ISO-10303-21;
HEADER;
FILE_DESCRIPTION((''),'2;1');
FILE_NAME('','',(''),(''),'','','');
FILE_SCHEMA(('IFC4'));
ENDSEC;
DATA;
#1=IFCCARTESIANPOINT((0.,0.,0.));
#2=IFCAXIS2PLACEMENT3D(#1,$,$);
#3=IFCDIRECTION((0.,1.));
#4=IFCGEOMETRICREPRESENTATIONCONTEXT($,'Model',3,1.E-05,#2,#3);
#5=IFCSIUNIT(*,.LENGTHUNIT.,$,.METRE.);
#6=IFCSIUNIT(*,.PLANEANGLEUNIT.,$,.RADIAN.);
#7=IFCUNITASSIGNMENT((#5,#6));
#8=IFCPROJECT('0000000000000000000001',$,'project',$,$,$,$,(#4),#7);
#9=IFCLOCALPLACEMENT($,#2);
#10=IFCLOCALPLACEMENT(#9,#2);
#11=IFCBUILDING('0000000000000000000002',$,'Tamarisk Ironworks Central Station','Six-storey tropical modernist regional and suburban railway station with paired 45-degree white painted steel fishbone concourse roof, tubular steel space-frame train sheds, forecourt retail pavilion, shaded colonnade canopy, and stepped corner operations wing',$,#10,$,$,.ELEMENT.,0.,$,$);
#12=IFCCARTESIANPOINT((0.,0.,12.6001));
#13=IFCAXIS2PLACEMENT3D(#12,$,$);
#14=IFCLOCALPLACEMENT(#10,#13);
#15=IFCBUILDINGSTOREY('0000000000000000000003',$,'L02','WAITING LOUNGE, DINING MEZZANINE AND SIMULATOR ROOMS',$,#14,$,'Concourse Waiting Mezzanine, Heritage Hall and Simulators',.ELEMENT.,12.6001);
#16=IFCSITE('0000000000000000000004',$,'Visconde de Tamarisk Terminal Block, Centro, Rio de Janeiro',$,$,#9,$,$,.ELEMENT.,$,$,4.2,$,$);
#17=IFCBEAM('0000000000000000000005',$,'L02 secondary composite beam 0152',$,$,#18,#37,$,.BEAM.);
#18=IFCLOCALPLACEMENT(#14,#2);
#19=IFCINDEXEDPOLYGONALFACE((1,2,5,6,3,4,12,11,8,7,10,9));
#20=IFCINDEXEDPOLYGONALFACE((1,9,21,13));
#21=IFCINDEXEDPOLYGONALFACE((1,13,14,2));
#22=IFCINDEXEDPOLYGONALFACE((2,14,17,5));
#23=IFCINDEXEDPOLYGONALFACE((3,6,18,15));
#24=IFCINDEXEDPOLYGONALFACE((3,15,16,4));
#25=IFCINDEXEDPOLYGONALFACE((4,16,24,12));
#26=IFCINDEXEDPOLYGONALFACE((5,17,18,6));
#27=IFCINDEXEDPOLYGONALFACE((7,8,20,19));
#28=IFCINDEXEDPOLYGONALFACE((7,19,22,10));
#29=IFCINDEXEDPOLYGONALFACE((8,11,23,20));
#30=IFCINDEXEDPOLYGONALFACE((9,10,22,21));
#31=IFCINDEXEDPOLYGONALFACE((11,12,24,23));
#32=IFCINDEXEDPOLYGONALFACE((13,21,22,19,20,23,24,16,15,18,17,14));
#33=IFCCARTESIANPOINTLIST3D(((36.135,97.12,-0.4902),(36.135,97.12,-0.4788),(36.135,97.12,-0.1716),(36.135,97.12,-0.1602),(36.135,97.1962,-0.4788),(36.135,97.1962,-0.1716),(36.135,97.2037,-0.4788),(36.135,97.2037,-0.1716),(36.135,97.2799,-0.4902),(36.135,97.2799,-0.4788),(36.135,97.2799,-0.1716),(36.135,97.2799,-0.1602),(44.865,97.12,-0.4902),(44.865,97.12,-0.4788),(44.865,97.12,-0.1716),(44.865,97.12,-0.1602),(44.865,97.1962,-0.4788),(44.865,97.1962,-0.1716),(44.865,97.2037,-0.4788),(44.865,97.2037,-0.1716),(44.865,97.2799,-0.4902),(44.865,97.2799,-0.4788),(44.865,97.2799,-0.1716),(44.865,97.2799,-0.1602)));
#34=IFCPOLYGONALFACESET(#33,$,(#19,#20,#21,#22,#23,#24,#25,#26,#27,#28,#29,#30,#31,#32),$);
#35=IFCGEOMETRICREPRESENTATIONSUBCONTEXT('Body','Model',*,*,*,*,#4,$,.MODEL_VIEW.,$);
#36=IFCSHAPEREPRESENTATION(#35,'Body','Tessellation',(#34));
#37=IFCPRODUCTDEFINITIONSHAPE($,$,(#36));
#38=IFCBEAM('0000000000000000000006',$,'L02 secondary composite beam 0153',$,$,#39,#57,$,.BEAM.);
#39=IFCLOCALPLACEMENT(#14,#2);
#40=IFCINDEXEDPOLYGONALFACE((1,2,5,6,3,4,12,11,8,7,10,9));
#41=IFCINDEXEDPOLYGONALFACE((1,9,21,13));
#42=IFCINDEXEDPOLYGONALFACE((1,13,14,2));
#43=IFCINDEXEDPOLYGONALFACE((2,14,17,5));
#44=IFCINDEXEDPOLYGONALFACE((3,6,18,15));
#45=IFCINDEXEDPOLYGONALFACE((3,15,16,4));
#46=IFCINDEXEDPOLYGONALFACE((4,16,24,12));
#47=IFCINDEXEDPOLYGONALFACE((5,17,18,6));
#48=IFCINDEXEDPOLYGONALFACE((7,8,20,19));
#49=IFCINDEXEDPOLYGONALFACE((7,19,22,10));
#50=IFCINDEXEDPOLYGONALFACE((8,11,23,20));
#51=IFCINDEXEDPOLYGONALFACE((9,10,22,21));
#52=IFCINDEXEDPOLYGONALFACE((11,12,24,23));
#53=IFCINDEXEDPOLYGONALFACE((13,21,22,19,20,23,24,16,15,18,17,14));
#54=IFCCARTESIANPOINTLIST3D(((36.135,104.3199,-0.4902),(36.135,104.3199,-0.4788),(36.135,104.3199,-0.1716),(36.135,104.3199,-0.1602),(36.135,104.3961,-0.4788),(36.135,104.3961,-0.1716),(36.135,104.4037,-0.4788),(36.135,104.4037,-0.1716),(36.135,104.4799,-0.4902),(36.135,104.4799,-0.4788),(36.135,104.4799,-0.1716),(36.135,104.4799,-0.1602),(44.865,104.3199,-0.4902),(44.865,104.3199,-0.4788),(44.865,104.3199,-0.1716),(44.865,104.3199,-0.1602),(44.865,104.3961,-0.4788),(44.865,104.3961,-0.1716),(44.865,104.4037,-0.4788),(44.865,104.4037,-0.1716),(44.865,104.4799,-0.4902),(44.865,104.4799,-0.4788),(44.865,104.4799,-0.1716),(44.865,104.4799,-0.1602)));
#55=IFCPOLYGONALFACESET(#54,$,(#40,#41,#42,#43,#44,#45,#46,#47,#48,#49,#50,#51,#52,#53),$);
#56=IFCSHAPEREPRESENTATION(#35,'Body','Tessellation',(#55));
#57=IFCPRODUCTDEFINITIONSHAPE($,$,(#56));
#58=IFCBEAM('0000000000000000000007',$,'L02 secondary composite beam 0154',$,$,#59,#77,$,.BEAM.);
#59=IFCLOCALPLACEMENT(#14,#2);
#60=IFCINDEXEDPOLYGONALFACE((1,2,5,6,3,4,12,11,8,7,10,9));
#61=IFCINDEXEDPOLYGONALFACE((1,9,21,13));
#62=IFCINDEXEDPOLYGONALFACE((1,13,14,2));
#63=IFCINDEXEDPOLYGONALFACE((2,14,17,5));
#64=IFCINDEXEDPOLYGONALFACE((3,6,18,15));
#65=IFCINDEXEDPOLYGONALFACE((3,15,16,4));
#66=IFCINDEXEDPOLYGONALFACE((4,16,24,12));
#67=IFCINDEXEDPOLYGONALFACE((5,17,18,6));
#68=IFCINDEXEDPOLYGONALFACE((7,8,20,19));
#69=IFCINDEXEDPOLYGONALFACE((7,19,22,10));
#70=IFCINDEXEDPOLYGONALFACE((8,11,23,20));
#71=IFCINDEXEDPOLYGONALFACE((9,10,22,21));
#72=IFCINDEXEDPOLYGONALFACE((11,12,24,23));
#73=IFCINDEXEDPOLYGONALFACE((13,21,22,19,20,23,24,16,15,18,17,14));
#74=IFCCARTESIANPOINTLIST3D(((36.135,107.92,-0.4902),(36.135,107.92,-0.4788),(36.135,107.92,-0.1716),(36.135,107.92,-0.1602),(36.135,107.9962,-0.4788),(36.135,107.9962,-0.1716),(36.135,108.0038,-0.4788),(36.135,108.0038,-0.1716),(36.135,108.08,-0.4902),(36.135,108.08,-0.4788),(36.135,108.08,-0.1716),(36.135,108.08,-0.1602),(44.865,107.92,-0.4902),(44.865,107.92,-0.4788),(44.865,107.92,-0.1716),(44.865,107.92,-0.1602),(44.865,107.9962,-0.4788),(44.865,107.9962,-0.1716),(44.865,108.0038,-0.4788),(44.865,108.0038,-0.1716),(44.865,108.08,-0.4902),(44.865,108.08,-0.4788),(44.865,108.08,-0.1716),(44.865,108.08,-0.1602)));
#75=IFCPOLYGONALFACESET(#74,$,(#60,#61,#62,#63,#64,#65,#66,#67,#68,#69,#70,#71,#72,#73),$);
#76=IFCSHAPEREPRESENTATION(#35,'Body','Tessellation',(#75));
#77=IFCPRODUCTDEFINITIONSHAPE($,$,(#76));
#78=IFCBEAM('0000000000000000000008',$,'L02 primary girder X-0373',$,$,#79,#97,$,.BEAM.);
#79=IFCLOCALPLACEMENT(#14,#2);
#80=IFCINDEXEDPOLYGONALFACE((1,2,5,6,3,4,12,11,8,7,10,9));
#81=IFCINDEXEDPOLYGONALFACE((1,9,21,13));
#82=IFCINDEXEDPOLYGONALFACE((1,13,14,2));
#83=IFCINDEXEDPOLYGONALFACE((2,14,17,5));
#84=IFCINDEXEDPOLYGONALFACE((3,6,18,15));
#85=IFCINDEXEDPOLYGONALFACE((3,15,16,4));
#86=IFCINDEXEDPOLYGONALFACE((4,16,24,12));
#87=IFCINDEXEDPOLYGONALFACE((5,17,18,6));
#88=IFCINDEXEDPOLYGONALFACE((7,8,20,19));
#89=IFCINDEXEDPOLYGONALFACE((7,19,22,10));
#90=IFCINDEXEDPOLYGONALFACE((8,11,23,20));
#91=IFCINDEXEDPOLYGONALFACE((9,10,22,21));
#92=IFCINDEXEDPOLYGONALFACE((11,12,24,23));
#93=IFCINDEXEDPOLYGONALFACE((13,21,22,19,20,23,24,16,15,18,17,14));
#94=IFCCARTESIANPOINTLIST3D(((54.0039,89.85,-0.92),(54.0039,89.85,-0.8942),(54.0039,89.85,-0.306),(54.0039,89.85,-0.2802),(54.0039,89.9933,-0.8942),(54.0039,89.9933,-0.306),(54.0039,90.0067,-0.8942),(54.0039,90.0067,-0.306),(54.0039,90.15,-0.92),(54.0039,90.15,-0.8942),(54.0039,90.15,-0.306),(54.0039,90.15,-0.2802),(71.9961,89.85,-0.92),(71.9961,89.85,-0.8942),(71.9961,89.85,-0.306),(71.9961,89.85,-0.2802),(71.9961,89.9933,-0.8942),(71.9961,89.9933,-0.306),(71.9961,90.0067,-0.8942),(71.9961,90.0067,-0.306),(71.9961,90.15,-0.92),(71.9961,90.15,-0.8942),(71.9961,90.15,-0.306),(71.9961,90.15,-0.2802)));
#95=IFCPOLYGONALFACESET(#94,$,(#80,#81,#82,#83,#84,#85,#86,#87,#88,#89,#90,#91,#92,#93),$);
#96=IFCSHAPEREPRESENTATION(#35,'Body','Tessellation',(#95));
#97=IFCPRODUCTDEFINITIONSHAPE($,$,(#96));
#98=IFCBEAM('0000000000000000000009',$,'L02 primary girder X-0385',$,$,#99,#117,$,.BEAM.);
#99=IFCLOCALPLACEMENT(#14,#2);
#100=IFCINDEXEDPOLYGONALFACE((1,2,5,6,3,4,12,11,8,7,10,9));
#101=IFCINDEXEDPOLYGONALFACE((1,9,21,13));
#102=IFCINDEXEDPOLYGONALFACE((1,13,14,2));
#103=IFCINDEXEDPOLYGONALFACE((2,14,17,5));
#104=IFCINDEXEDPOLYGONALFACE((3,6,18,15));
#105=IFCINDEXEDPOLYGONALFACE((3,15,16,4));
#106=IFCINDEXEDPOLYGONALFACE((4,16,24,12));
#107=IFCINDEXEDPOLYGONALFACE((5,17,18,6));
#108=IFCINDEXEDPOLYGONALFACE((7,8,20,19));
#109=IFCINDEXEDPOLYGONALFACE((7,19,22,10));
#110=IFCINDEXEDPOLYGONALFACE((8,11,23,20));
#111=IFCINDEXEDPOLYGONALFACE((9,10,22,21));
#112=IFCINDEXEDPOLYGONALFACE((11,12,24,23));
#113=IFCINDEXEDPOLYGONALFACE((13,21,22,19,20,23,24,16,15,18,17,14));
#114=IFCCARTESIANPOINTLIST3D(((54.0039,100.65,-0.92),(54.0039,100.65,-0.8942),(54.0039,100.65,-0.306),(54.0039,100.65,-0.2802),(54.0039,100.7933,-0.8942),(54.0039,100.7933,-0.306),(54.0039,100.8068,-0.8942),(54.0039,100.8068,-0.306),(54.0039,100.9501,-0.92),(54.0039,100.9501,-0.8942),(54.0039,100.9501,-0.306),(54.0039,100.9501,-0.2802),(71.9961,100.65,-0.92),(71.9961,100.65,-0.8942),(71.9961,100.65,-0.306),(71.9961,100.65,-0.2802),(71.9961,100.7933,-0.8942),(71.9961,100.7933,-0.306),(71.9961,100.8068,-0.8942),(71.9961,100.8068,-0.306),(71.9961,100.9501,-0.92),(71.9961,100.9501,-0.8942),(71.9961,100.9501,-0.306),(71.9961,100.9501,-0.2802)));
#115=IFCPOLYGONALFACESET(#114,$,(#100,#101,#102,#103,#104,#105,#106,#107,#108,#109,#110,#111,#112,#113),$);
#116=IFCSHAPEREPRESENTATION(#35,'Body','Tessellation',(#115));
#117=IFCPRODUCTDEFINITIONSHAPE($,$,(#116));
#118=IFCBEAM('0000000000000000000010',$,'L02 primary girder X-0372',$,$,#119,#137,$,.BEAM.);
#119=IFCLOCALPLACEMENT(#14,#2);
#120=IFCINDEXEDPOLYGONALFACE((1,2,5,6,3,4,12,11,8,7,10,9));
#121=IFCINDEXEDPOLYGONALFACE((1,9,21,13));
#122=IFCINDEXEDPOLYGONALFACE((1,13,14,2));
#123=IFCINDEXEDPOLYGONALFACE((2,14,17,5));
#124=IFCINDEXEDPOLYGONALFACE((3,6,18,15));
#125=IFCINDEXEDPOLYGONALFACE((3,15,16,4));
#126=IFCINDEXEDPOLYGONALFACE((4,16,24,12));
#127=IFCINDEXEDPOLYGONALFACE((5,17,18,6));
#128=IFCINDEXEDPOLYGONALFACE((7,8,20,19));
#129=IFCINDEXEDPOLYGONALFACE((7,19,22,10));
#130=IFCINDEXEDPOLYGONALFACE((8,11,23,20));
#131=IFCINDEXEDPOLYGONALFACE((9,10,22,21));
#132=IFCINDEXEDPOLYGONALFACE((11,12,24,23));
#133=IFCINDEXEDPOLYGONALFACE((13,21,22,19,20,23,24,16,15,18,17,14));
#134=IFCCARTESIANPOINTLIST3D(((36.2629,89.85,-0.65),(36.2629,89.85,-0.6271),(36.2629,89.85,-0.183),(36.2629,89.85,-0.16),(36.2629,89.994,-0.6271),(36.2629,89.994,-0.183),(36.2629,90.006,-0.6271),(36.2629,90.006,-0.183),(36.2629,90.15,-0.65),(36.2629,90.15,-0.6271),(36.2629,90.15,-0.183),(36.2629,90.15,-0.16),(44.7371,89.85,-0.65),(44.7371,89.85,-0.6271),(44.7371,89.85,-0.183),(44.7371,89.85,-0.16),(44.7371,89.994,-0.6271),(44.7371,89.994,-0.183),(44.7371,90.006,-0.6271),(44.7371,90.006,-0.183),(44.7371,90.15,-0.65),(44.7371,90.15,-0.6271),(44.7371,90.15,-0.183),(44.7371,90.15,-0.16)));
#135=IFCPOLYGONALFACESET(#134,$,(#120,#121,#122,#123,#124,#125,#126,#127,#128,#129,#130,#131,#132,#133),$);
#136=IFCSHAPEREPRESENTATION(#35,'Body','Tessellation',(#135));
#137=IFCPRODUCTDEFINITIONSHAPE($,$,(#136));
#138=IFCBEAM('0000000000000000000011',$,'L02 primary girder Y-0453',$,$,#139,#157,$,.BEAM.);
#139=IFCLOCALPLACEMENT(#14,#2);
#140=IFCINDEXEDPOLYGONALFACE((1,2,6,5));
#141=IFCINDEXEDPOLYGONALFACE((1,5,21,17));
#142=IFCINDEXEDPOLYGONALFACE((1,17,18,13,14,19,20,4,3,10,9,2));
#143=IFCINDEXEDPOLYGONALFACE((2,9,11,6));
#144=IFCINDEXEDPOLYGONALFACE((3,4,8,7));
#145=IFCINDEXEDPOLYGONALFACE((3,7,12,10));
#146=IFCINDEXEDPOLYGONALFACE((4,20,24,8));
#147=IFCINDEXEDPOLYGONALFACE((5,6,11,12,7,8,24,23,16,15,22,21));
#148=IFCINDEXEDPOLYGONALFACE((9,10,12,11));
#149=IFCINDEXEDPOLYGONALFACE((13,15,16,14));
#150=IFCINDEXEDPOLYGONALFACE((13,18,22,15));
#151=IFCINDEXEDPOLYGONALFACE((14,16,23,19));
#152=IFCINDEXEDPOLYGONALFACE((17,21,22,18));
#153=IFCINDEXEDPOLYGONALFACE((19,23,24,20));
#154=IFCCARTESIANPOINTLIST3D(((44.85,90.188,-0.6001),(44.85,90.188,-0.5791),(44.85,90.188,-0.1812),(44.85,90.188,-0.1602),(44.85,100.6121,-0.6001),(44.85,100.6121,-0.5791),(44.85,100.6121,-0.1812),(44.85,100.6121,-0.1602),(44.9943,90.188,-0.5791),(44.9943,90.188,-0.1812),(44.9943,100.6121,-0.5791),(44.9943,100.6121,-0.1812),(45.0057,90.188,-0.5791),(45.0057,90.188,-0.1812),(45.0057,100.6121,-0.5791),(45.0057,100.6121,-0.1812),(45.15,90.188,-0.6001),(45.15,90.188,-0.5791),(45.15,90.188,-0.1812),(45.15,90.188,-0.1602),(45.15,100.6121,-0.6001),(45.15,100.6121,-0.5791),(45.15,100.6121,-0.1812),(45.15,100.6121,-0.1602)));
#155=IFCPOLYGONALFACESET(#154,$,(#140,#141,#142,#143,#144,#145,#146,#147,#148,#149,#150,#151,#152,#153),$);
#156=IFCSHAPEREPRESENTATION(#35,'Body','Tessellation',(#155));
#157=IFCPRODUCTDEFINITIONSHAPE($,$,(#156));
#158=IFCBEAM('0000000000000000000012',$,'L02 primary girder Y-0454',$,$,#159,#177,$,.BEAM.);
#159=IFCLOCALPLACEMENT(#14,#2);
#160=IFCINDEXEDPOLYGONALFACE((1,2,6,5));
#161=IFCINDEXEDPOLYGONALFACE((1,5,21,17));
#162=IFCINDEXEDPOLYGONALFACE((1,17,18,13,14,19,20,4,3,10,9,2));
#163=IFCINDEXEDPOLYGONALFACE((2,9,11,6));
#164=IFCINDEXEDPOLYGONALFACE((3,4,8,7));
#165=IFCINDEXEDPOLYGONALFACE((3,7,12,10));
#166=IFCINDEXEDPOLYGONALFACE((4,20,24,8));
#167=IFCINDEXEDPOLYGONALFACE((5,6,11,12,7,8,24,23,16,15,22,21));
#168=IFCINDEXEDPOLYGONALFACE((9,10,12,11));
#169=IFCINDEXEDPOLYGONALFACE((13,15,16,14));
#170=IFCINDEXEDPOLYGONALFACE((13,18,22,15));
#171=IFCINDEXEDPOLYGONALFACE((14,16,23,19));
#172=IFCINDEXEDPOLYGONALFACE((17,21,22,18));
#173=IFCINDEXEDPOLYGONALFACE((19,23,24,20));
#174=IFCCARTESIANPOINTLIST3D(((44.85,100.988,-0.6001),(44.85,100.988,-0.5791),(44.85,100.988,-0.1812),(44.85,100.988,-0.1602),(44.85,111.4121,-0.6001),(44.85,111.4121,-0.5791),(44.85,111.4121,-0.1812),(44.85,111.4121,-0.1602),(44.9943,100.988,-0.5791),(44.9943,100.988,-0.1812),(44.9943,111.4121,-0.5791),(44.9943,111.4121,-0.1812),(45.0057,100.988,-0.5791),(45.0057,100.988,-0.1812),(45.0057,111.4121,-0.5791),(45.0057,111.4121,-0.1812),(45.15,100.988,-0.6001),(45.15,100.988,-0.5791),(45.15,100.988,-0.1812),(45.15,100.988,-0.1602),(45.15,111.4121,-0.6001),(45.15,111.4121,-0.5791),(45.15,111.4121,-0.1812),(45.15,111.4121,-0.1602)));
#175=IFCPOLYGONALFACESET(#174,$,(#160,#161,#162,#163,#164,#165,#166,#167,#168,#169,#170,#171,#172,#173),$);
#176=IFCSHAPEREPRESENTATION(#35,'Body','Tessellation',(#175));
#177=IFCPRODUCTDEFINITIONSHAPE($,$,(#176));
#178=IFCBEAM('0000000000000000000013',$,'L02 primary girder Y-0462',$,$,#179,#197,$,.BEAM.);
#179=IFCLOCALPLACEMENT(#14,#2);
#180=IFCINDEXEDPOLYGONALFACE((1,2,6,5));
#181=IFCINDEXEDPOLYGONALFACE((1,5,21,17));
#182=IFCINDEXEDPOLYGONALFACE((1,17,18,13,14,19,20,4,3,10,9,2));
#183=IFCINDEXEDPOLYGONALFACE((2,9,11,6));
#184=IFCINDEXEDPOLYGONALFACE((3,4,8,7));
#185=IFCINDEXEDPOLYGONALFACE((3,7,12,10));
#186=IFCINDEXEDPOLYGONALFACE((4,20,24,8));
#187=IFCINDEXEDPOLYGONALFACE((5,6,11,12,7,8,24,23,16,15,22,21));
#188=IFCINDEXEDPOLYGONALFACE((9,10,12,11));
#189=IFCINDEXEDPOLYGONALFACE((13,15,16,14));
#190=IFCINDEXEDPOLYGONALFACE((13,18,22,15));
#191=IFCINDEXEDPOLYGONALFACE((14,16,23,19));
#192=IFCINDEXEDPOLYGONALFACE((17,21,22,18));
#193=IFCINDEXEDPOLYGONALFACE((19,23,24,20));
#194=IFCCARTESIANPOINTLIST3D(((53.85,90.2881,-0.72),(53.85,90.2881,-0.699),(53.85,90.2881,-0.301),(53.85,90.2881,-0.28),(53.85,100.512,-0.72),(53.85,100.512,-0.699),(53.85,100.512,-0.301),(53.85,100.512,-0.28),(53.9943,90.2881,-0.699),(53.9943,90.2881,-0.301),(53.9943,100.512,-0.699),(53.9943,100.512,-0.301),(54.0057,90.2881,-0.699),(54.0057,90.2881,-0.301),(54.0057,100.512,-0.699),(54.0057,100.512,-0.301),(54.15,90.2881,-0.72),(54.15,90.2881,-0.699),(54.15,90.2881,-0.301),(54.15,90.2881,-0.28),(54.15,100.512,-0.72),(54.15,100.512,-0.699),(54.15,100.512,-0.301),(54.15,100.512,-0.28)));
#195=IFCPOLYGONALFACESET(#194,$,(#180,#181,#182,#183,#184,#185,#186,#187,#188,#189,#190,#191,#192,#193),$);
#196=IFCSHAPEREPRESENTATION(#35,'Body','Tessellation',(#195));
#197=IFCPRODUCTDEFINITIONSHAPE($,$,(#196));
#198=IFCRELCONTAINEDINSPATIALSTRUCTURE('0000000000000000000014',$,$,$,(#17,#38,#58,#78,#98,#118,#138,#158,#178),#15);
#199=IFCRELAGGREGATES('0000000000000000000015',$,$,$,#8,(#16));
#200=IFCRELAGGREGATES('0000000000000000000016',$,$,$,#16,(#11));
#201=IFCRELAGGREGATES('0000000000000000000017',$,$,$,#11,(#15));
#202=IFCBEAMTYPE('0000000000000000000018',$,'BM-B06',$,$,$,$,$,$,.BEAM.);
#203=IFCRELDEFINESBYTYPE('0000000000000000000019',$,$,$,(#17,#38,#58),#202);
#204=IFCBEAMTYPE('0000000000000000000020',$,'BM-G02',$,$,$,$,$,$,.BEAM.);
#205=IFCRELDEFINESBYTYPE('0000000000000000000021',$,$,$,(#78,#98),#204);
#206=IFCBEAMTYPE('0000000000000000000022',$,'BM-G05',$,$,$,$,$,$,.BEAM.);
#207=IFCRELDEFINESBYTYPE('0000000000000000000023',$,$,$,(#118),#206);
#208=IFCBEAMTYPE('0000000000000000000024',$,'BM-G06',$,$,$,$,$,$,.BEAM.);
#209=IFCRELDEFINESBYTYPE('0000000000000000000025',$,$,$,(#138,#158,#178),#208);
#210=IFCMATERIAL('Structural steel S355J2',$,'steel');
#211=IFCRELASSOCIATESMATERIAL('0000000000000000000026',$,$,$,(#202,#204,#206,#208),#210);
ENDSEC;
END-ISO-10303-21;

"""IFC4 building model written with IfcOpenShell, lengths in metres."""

from ifc_helpers import new_model, si_unit, direction, frame, origin, origin_2d, place, context, subcontext, project, spatial, i_section, extrude, material, material_profile, profile_set, type_object, element, save


model = new_model("IFC4")

# Units and contexts
model_context = context("Model", 3, precision=1e-05, world=origin(), true_north=direction((0.0, 1.0)))
body_context = subcontext(model_context, "Body", "Model", "MODEL_VIEW")
ifc_project = project(units=[si_unit("LENGTHUNIT", "METRE"), si_unit("PLANEANGLEUNIT", "RADIAN")], contexts=[model_context])

# Site, building, storey
site_placement = place(None, origin())
site = spatial("IfcSite", under=ifc_project, at=site_placement, Name="Visconde de Tamarisk Terminal Block, Centro, Rio de Janeiro", CompositionType="ELEMENT", RefElevation=4.2)
building_placement = place(site_placement, origin())
building = spatial("IfcBuilding", under=site, at=building_placement, Name="Tamarisk Ironworks Central Station", Description="Six-storey tropical modernist regional and suburban railway station with paired 45-degree white painted steel fishbone concourse roof, tubular steel space-frame train sheds, forecourt retail pavilion, shaded colonnade canopy, and stepped corner operations wing", CompositionType="ELEMENT", ElevationOfRefHeight=0.0)
storey_placement = place(building_placement, frame((0.0, 0.0, 12.6001)))
storey = spatial("IfcBuildingStorey", under=building, at=storey_placement, Name="L02", Description="WAITING LOUNGE, DINING MEZZANINE AND SIMULATOR ROOMS", LongName="Concourse Waiting Mezzanine, Heritage Hall and Simulators", CompositionType="ELEMENT", Elevation=12.6001)

# Beams
ifc_material_1 = material(Name="Structural steel S355J2", Category="steel")
ifc_material_profile_1 = material_profile(ifc_material_1, i_section(OverallWidth=0.1599, OverallDepth=0.3301, WebThickness=0.0076, FlangeThickness=0.0115, at=origin_2d()), Name="IPE 330")
ifc_profile_set_1 = profile_set([ifc_material_profile_1], Name="Structural steel S355J2")
beam_type_1 = type_object("IfcBeamType", Name="BM-B06", PredefinedType="BEAM", material=ifc_profile_set_1)
for number, where, z_axis, x_axis, name in (
    (1, (36.135, 97.2, -0.3252), (1.0, 0.0, 0.0), (0.0, 1.0, 0.0), "L02 secondary composite beam 0152"),
    (2, (36.135, 104.3999, -0.3252), (1.0, 0.0, 0.0), (0.0, 1.0, 0.0), "L02 secondary composite beam 0153"),
    (3, (36.135, 108.0, -0.3252), (1.0, 0.0, 0.0), (0.0, 1.0, 0.0), "L02 secondary composite beam 0154"),
):
    element("IfcBeam", number, at=place(storey_placement, frame(where, z_axis=z_axis, x_axis=x_axis)), inside=storey, type_object=beam_type_1, Name=name, PredefinedType="BEAM", context=body_context, shape_type="SweptSolid", body=[
        extrude(i_section(OverallWidth=0.1599, OverallDepth=0.3301, WebThickness=0.0076, FlangeThickness=0.0115, at=origin_2d()), origin(), (0.0, 0.0, 1.0), 8.73),
    ])
ifc_material_profile_2 = material_profile(ifc_material_1, i_section(OverallWidth=0.3, OverallDepth=0.6399, WebThickness=0.0134, FlangeThickness=0.0259, at=origin_2d()), Name="HEA 650")
ifc_profile_set_2 = profile_set([ifc_material_profile_2], Name="Structural steel S355J2")
beam_type_2 = type_object("IfcBeamType", Name="BM-G02", PredefinedType="BEAM", material=ifc_profile_set_2)
for number, where, z_axis, x_axis, name in (
    (4, (54.0039, 90.0, -0.6001), (1.0, 0.0, 0.0), (0.0, 1.0, 0.0), "L02 primary girder X-0373"),
    (5, (54.0039, 100.8, -0.6001), (1.0, 0.0, 0.0), (0.0, 1.0, 0.0), "L02 primary girder X-0385"),
):
    element("IfcBeam", number, at=place(storey_placement, frame(where, z_axis=z_axis, x_axis=x_axis)), inside=storey, type_object=beam_type_2, Name=name, PredefinedType="BEAM", context=body_context, shape_type="SweptSolid", body=[
        extrude(i_section(OverallWidth=0.3, OverallDepth=0.6399, WebThickness=0.0134, FlangeThickness=0.0259, at=origin_2d()), origin(), (0.0, 0.0, 1.0), 17.9922),
    ])
ifc_material_profile_3 = material_profile(ifc_material_1, i_section(OverallWidth=0.3, OverallDepth=0.49, WebThickness=0.012, FlangeThickness=0.0229, at=origin_2d()), Name="HEA 500")
ifc_profile_set_3 = profile_set([ifc_material_profile_3], Name="Structural steel S355J2")
beam_type_3 = type_object("IfcBeamType", Name="BM-G05", PredefinedType="BEAM", material=ifc_profile_set_3)
beam_1_placement = place(storey_placement, frame((36.2629, 90.0, -0.405), z_axis=(1.0, 0.0, 0.0), x_axis=(0.0, 1.0, 0.0)))
element("IfcBeam", 6, at=beam_1_placement, inside=storey, type_object=beam_type_3, Name="L02 primary girder X-0372", PredefinedType="BEAM", context=body_context, shape_type="SweptSolid", body=[
    extrude(i_section(OverallWidth=0.3, OverallDepth=0.49, WebThickness=0.012, FlangeThickness=0.0229, at=origin_2d()), origin(), (0.0, 0.0, 1.0), 8.4741),
])
ifc_material_profile_4 = material_profile(ifc_material_1, i_section(OverallWidth=0.3, OverallDepth=0.4399, WebThickness=0.0115, FlangeThickness=0.021, at=origin_2d()), Name="HEA 450")
ifc_profile_set_4 = profile_set([ifc_material_profile_4], Name="Structural steel S355J2")
beam_type_4 = type_object("IfcBeamType", Name="BM-G06", PredefinedType="BEAM", material=ifc_profile_set_4)
for number, where, z_axis, x_axis, name in (
    (7, (45.0, 90.188, -0.3801), (0.0, 1.0, 0.0), (-1.0, 0.0, 0.0), "L02 primary girder Y-0453"),
    (8, (45.0, 100.988, -0.3801), (0.0, 1.0, 0.0), (-1.0, 0.0, 0.0), "L02 primary girder Y-0454"),
):
    element("IfcBeam", number, at=place(storey_placement, frame(where, z_axis=z_axis, x_axis=x_axis)), inside=storey, type_object=beam_type_4, Name=name, PredefinedType="BEAM", context=body_context, shape_type="SweptSolid", body=[
        extrude(i_section(OverallWidth=0.3, OverallDepth=0.4399, WebThickness=0.0115, FlangeThickness=0.021, at=origin_2d()), origin(), (0.0, 0.0, 1.0), 10.4241),
    ])
beam_2_placement = place(storey_placement, frame((54.0, 90.2881, -0.5), z_axis=(0.0, 1.0, 0.0), x_axis=(-1.0, 0.0, 0.0)))
element("IfcBeam", 9, at=beam_2_placement, inside=storey, type_object=beam_type_4, Name="L02 primary girder Y-0462", PredefinedType="BEAM", context=body_context, shape_type="SweptSolid", body=[
    extrude(i_section(OverallWidth=0.3, OverallDepth=0.4399, WebThickness=0.0115, FlangeThickness=0.021, at=origin_2d()), origin(), (0.0, 0.0, 1.0), 10.2239),
])

save(model, "model.ifc")
